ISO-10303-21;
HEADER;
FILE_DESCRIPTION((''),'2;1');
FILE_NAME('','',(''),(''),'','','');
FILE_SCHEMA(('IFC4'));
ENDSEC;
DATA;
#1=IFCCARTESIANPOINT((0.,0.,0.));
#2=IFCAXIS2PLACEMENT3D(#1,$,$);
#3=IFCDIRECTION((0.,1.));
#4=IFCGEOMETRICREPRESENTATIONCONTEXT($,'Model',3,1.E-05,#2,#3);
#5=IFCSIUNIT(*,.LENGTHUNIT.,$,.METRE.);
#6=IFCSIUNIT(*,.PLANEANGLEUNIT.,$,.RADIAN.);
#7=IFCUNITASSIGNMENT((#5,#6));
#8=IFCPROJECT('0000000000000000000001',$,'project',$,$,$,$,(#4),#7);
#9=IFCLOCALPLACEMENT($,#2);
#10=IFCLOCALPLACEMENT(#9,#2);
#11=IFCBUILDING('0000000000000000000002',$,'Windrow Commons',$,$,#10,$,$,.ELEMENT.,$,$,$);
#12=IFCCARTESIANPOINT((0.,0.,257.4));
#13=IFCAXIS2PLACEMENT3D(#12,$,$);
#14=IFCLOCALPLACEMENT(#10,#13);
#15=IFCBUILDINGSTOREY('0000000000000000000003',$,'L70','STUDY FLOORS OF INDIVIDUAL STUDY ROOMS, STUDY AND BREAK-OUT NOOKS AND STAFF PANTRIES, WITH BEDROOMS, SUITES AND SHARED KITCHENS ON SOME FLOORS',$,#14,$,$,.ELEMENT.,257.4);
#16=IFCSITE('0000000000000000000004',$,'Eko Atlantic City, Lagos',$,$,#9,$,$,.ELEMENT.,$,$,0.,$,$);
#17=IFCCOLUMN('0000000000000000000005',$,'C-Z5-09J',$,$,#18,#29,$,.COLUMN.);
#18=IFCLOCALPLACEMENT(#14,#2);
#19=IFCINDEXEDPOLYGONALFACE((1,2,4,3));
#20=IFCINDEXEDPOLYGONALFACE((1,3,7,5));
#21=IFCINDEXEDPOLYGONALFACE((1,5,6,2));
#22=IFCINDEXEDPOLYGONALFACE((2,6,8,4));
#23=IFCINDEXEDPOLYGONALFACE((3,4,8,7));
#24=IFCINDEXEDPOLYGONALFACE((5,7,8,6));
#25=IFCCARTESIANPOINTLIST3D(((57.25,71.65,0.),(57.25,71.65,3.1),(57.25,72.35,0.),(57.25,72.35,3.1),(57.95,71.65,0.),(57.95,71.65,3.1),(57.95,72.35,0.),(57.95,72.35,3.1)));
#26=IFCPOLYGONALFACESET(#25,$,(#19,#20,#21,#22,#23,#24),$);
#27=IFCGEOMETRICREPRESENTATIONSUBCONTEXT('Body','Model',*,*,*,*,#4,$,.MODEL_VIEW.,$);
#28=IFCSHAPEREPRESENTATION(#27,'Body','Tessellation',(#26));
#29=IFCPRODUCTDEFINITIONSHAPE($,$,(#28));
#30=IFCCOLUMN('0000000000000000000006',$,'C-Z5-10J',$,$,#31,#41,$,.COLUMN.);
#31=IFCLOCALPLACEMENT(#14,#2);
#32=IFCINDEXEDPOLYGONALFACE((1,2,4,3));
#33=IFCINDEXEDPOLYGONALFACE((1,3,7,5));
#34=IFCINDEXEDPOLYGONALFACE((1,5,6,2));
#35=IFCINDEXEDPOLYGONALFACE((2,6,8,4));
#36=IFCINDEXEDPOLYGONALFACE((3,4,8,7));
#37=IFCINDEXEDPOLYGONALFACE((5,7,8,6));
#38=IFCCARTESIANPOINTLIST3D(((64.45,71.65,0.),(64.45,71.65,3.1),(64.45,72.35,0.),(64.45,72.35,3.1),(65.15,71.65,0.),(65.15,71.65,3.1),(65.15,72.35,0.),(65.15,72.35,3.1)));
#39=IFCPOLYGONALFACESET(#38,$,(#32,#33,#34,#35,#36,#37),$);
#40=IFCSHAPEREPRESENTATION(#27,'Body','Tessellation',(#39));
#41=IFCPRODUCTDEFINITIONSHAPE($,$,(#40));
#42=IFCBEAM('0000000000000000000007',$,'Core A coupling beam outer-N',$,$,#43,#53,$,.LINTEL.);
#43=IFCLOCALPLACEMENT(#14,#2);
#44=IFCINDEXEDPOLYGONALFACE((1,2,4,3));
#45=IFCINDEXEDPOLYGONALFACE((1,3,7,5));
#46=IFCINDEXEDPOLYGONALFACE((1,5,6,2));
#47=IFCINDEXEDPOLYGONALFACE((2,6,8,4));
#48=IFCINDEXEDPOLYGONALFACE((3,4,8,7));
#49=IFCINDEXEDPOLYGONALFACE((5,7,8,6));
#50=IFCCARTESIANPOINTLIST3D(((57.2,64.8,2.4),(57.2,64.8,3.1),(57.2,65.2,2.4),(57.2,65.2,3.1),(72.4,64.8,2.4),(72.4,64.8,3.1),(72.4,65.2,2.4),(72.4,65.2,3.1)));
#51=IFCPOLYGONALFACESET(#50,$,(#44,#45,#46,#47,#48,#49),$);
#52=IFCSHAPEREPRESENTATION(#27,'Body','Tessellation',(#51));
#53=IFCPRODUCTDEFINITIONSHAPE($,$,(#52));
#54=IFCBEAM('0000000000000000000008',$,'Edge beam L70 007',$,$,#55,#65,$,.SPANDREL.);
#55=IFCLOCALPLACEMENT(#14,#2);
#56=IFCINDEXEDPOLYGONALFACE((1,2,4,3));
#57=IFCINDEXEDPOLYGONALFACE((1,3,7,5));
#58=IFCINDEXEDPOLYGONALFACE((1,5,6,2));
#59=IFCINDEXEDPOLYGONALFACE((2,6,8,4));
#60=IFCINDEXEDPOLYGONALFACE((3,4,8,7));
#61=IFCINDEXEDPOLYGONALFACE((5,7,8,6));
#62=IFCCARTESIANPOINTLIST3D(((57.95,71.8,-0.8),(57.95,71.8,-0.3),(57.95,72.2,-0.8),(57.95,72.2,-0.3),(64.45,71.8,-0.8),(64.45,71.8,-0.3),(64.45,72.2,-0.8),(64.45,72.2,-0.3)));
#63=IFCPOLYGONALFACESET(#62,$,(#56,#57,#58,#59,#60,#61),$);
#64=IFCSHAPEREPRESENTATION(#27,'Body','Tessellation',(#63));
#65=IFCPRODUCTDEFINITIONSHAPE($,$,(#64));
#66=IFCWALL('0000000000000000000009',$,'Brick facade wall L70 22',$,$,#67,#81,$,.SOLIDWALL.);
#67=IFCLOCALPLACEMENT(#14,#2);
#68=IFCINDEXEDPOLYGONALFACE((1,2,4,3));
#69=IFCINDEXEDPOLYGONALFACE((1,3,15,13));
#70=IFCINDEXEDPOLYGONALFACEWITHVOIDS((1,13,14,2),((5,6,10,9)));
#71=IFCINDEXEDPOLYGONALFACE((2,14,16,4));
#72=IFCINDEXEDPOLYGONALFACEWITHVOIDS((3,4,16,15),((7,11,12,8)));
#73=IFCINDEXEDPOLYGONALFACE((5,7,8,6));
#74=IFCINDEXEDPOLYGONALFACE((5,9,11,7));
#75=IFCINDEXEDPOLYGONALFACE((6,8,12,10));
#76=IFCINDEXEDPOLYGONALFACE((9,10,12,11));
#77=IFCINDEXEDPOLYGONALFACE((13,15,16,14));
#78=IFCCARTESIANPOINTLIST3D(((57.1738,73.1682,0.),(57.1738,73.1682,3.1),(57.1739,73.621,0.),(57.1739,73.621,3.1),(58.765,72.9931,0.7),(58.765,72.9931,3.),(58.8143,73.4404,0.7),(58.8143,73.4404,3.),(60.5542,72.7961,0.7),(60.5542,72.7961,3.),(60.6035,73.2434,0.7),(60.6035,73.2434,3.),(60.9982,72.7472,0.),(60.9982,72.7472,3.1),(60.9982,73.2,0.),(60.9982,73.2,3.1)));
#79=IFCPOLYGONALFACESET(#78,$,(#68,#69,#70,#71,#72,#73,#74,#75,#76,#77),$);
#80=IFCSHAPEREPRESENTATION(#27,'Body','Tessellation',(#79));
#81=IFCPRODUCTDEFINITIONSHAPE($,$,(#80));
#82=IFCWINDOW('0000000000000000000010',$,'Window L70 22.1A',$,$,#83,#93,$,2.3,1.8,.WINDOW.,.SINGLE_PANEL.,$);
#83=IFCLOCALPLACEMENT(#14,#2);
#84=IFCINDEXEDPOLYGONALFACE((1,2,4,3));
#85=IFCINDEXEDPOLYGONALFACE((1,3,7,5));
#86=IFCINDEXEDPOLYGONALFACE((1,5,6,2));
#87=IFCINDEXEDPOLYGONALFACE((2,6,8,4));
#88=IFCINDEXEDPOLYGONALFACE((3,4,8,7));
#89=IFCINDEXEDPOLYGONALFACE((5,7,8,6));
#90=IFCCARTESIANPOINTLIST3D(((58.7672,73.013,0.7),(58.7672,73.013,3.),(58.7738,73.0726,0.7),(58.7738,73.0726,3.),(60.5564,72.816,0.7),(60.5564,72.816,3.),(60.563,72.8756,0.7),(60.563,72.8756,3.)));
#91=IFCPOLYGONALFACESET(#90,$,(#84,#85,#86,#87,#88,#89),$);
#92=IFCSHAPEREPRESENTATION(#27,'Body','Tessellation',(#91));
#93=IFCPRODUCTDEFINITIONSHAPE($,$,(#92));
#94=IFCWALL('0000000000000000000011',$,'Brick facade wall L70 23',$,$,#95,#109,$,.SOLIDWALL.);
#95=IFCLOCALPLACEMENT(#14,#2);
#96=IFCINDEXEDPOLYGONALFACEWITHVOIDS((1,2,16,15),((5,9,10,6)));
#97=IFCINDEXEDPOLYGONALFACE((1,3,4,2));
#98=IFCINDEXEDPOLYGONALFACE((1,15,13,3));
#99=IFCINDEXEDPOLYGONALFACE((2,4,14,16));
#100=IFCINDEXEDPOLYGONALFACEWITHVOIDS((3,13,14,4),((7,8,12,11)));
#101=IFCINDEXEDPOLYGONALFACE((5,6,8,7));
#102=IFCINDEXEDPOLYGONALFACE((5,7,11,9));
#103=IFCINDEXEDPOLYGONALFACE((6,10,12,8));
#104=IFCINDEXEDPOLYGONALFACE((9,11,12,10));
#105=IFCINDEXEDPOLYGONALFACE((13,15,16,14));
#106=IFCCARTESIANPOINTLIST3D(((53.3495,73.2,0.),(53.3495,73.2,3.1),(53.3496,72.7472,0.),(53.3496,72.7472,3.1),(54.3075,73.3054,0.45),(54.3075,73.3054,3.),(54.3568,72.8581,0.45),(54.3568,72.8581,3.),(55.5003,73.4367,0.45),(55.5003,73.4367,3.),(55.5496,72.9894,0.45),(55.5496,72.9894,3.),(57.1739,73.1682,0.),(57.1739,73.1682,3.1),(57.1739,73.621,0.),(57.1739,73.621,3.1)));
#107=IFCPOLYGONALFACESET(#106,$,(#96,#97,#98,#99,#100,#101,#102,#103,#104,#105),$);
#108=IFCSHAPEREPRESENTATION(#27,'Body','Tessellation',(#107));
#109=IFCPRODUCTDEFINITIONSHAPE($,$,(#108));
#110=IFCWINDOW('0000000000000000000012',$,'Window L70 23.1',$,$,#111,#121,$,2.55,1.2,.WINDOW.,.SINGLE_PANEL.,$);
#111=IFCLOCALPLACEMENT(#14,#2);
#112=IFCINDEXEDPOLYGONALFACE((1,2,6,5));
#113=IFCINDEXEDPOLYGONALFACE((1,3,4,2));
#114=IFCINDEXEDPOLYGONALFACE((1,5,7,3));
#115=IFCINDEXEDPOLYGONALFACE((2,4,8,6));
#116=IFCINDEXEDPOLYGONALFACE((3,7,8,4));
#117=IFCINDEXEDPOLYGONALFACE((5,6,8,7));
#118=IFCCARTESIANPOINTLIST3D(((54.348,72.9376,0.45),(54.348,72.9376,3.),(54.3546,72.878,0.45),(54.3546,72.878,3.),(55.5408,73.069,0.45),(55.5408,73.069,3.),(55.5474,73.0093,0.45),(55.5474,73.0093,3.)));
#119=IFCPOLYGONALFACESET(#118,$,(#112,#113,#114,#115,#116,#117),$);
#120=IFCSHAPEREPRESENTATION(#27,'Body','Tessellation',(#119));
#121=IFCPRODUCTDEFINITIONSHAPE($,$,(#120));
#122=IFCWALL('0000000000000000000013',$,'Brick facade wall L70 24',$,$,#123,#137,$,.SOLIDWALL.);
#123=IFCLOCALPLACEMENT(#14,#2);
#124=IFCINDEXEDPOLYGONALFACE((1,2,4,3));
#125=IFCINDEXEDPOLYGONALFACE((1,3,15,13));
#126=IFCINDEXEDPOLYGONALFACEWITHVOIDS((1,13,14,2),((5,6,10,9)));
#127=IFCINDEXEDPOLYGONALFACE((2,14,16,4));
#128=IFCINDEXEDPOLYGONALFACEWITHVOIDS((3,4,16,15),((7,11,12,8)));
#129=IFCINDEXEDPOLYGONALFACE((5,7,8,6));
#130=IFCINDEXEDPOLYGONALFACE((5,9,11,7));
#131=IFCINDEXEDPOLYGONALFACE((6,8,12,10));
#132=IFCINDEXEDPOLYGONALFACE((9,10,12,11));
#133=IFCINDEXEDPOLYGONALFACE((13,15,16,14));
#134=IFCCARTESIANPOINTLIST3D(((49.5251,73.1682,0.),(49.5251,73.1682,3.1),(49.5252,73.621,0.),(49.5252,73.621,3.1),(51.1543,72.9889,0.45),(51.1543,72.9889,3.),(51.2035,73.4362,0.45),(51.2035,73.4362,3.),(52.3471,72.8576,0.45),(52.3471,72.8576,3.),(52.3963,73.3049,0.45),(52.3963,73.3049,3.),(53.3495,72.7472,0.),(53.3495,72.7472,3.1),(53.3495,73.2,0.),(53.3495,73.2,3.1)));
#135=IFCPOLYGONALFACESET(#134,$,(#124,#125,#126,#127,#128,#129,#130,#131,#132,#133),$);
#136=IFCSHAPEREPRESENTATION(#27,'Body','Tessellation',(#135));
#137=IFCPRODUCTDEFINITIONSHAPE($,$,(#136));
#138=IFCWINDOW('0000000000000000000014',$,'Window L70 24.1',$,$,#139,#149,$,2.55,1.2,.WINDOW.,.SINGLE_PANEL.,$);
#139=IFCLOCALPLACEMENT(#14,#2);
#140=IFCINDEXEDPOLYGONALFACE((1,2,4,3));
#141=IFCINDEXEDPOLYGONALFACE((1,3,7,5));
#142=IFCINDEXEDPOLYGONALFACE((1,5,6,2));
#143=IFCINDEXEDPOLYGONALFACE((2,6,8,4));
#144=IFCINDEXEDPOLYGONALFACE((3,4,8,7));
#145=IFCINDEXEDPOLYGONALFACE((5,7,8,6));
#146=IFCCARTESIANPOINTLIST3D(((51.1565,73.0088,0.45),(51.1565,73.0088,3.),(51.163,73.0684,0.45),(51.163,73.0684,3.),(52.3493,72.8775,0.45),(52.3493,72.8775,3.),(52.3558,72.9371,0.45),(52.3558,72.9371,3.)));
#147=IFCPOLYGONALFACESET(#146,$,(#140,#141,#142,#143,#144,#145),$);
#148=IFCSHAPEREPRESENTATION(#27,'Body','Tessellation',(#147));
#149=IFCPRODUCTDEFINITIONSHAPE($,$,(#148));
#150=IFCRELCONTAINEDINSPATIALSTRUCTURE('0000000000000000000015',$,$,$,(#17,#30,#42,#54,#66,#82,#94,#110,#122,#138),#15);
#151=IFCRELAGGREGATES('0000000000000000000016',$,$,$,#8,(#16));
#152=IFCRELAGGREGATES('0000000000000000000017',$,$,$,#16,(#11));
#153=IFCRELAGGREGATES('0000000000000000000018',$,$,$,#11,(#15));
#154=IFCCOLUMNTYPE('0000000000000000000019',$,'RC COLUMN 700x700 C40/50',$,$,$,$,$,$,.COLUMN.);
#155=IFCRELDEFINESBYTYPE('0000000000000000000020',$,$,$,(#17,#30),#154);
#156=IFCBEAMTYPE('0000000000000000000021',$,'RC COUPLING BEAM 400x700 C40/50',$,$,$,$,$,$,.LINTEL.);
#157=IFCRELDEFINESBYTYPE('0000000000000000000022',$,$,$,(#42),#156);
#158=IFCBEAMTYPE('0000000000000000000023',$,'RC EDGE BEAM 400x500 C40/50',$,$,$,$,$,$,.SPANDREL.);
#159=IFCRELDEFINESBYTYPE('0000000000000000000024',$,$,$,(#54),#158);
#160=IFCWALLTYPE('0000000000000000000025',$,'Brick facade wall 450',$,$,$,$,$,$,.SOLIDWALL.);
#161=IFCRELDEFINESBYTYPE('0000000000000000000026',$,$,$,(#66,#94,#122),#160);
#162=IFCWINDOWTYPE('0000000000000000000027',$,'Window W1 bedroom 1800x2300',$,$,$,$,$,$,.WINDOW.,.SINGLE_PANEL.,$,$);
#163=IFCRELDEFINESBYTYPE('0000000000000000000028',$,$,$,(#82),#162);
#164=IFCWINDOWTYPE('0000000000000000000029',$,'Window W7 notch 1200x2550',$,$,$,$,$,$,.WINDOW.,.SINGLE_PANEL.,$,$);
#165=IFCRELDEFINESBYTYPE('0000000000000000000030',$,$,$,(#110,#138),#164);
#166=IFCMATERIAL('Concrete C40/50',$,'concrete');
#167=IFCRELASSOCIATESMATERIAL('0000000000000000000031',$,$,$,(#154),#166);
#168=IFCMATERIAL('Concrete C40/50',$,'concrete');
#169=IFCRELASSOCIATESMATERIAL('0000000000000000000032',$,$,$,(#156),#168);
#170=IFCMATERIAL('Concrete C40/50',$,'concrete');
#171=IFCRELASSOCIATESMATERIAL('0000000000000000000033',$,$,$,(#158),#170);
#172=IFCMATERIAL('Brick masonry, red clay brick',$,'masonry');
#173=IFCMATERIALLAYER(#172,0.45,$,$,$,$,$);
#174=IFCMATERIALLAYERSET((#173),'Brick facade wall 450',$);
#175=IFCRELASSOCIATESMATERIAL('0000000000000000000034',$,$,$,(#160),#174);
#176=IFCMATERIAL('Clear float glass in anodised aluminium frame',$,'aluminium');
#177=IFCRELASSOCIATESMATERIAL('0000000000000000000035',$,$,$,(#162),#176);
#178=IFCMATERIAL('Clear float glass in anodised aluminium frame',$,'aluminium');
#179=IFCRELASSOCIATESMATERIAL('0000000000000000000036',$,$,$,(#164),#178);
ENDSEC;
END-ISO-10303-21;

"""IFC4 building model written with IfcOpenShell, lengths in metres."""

from ifc_helpers import new_model, si_unit, direction, frame, frame_2d, origin, origin_2d, place, context, subcontext, project, spatial, polyline, rectangle, outline, extrude, material, layer, layer_set, material_profile, profile_set, type_object, element, fill, save


model = new_model("IFC4")

# Units and contexts
model_context = context("Model", 3, precision=1e-05, world=origin(), true_north=direction((0.0, 1.0)))
body_context = subcontext(model_context, "Body", "Model", "MODEL_VIEW")
ifc_project = project(units=[si_unit("LENGTHUNIT", "METRE"), si_unit("PLANEANGLEUNIT", "RADIAN")], contexts=[model_context])

# Site, building, storey
site_placement = place(None, origin())
site = spatial("IfcSite", under=ifc_project, at=site_placement, Name="Eko Atlantic City, Lagos", CompositionType="ELEMENT", RefElevation=0.0)
building_placement = place(site_placement, origin())
building = spatial("IfcBuilding", under=site, at=building_placement, Name="Windrow Commons", CompositionType="ELEMENT")
storey_placement = place(building_placement, frame((0.0, 0.0, 257.4)))
storey = spatial("IfcBuildingStorey", under=building, at=storey_placement, Name="L70", Description="STUDY FLOORS OF INDIVIDUAL STUDY ROOMS, STUDY AND BREAK-OUT NOOKS AND STAFF PANTRIES, WITH BEDROOMS, SUITES AND SHARED KITCHENS ON SOME FLOORS", CompositionType="ELEMENT", Elevation=257.4)

# Columns
ifc_material_1 = material(Name="Concrete C40/50", Category="concrete")
ifc_material_profile_1 = material_profile(ifc_material_1, rectangle(XDim=0.7, YDim=0.7, at=origin_2d()))
ifc_profile_set_1 = profile_set([ifc_material_profile_1], Name="Concrete C40/50")
column_type = type_object("IfcColumnType", Name="RC COLUMN 700x700 C40/50", PredefinedType="COLUMN", material=ifc_profile_set_1)
for number, where, z_axis, x_axis, name in (
    (1, (57.6, 72.0, 0.0), (0.0, 0.0, 1.0), (1.0, 0.0, 0.0), "C-Z5-09J"),
    (2, (64.8, 72.0, 0.0), (0.0, 0.0, 1.0), (1.0, 0.0, 0.0), "C-Z5-10J"),
):
    element("IfcColumn", number, at=place(storey_placement, frame(where, z_axis=z_axis, x_axis=x_axis)), inside=storey, type_object=column_type, Name=name, PredefinedType="COLUMN", context=body_context, shape_type="SweptSolid", body=[
        extrude(rectangle(XDim=0.7, YDim=0.7, at=origin_2d()), origin(), (0.0, 0.0, 1.0), 3.1),
    ])

# Beams
ifc_material_2 = material(Name="Concrete C40/50", Category="concrete")
ifc_material_profile_2 = material_profile(ifc_material_2, rectangle(XDim=0.4, YDim=0.7, at=origin_2d()))
ifc_profile_set_2 = profile_set([ifc_material_profile_2], Name="Concrete C40/50")
beam_type_1 = type_object("IfcBeamType", Name="RC COUPLING BEAM 400x700 C40/50", PredefinedType="LINTEL", material=ifc_profile_set_2)
beam_1_placement = place(storey_placement, frame((57.2, 65.0, 2.75), z_axis=(1.0, 0.0, 0.0), x_axis=(0.0, 1.0, 0.0)))
element("IfcBeam", 3, at=beam_1_placement, inside=storey, type_object=beam_type_1, Name="Core A coupling beam outer-N", PredefinedType="LINTEL", context=body_context, shape_type="SweptSolid", body=[
    extrude(rectangle(XDim=0.4, YDim=0.7, at=origin_2d()), origin(), (0.0, 0.0, 1.0), 15.2),
])
ifc_material_3 = material(Name="Concrete C40/50", Category="concrete")
ifc_material_profile_3 = material_profile(ifc_material_3, rectangle(XDim=0.4, YDim=0.5, at=origin_2d()))
ifc_profile_set_3 = profile_set([ifc_material_profile_3], Name="Concrete C40/50")
beam_type_2 = type_object("IfcBeamType", Name="RC EDGE BEAM 400x500 C40/50", PredefinedType="SPANDREL", material=ifc_profile_set_3)
beam_2_placement = place(storey_placement, frame((57.95, 72.0, -0.55), z_axis=(1.0, 0.0, 0.0), x_axis=(0.0, 1.0, 0.0)))
element("IfcBeam", 4, at=beam_2_placement, inside=storey, type_object=beam_type_2, Name="Edge beam L70 007", PredefinedType="SPANDREL", context=body_context, shape_type="SweptSolid", body=[
    extrude(rectangle(XDim=0.4, YDim=0.5, at=origin_2d()), origin(), (0.0, 0.0, 1.0), 6.5),
])

# Walls, openings, windows
ifc_material_4 = material(Name="Brick masonry, red clay brick", Category="masonry")
ifc_layer_1 = layer(ifc_material_4, 0.45)
ifc_layer_set_1 = layer_set([ifc_layer_1], Name="Brick facade wall 450")
wall_type_1 = type_object("IfcWallType", Name="Brick facade wall 450", PredefinedType="SOLIDWALL", material=ifc_layer_set_1)
wall_1_placement = place(storey_placement, frame((60.9982, 72.9736, 0.0), z_axis=(0.0, 0.0, 1.0), x_axis=(-0.993995, 0.109424, 0.0)))
wall_1 = element("IfcWall", 5, at=wall_1_placement, inside=storey, type_object=wall_type_1, Name="Brick facade wall L70 22", PredefinedType="SOLIDWALL", context=body_context, shape_type="SweptSolid", body=[
    extrude(outline(polyline([(0.0248, -0.225), (3.8722, -0.225), (3.8227, 0.225), (-0.0248, 0.225), (0.0248, -0.225)])), origin(), (0.0, 0.0, 1.0), 3.1),
])
opening_1_placement = place(wall_1_placement, frame((0.4219, 0.0, 0.7)))
opening_1 = element("IfcOpeningElement", 6, at=opening_1_placement, cuts=wall_1, PredefinedType="OPENING", context=body_context, shape_type="SweptSolid", body=[
    extrude(rectangle(XDim=1.8, YDim=2.3, at=frame_2d((0.9, 1.15))), frame((0.0, 0.235, 0.0), z_axis=(0.0, -1.0, 0.0), x_axis=(1.0, 0.0, 0.0)), (0.0, 0.0, 1.0), 0.47),
])
ifc_material_5 = material(Name="Clear float glass in anodised aluminium frame", Category="aluminium")
window_type_1 = type_object("IfcWindowType", Name="Window W1 bedroom 1800x2300", PartitioningType="SINGLE_PANEL", PredefinedType="WINDOW", material=ifc_material_5)
window_1_placement = place(opening_1_placement, origin())
window_1 = element("IfcWindow", 7, at=window_1_placement, inside=storey, type_object=window_type_1, Name="Window L70 22.1A", OverallHeight=2.3, OverallWidth=1.8, PartitioningType="SINGLE_PANEL", PredefinedType="WINDOW", context=body_context, shape_type="SweptSolid", body=[
    extrude(rectangle(XDim=1.8, YDim=2.3, at=frame_2d((0.9, 1.15))), frame((0.0, 0.205, 0.0), z_axis=(0.0, -1.0, 0.0), x_axis=(1.0, 0.0, 0.0)), (0.0, 0.0, 1.0), 0.06),
])
fill(opening_1, window_1)
wall_2_placement = place(storey_placement, frame((57.1739, 73.3946, 0.0), z_axis=(0.0, 0.0, 1.0), x_axis=(-0.993995, -0.109422, 0.0)))
wall_2 = element("IfcWall", 8, at=wall_2_placement, inside=storey, type_object=wall_type_1, Name="Brick facade wall L70 23", PredefinedType="SOLIDWALL", context=body_context, shape_type="SweptSolid", body=[
    extrude(outline(polyline([(-0.0248, -0.225), (3.8227, -0.225), (3.8722, 0.225), (0.0248, 0.225), (-0.0248, -0.225)])), origin(), (0.0, 0.0, 1.0), 3.1),
])
opening_2_placement = place(wall_2_placement, frame((1.6589, 0.0, 0.45)))
opening_2 = element("IfcOpeningElement", 9, at=opening_2_placement, cuts=wall_2, PredefinedType="OPENING", context=body_context, shape_type="SweptSolid", body=[
    extrude(rectangle(XDim=1.2, YDim=2.55, at=frame_2d((0.6, 1.275))), frame((0.0, 0.235, 0.0), z_axis=(0.0, -1.0, 0.0), x_axis=(1.0, 0.0, 0.0)), (0.0, 0.0, 1.0), 0.47),
])
ifc_material_6 = material(Name="Clear float glass in anodised aluminium frame", Category="aluminium")
window_type_2 = type_object("IfcWindowType", Name="Window W7 notch 1200x2550", PartitioningType="SINGLE_PANEL", PredefinedType="WINDOW", material=ifc_material_6)
window_2_placement = place(opening_2_placement, origin())
window_2 = element("IfcWindow", 10, at=window_2_placement, inside=storey, type_object=window_type_2, Name="Window L70 23.1", OverallHeight=2.55, OverallWidth=1.2, PartitioningType="SINGLE_PANEL", PredefinedType="WINDOW", context=body_context, shape_type="SweptSolid", body=[
    extrude(rectangle(XDim=1.2, YDim=2.55, at=frame_2d((0.6, 1.275))), frame((0.0, 0.205, 0.0), z_axis=(0.0, -1.0, 0.0), x_axis=(1.0, 0.0, 0.0)), (0.0, 0.0, 1.0), 0.06),
])
fill(opening_2, window_2)
wall_3_placement = place(storey_placement, frame((53.3495, 72.9736, 0.0), z_axis=(0.0, 0.0, 1.0), x_axis=(-0.993995, 0.109422, 0.0)))
wall_3 = element("IfcWall", 11, at=wall_3_placement, inside=storey, type_object=wall_type_1, Name="Brick facade wall L70 24", PredefinedType="SOLIDWALL", context=body_context, shape_type="SweptSolid", body=[
    extrude(outline(polyline([(0.0248, -0.225), (3.8722, -0.225), (3.8227, 0.225), (-0.0248, 0.225), (0.0248, -0.225)])), origin(), (0.0, 0.0, 1.0), 3.1),
])
opening_3_placement = place(wall_3_placement, frame((0.9837, 0.0, 0.45)))
opening_3 = element("IfcOpeningElement", 12, at=opening_3_placement, cuts=wall_3, PredefinedType="OPENING", context=body_context, shape_type="SweptSolid", body=[
    extrude(rectangle(XDim=1.2, YDim=2.55, at=frame_2d((0.6, 1.275))), frame((0.0, 0.235, 0.0), z_axis=(0.0, -1.0, 0.0), x_axis=(1.0, 0.0, 0.0)), (0.0, 0.0, 1.0), 0.47),
])
window_3_placement = place(opening_3_placement, origin())
window_3 = element("IfcWindow", 13, at=window_3_placement, inside=storey, type_object=window_type_2, Name="Window L70 24.1", OverallHeight=2.55, OverallWidth=1.2, PartitioningType="SINGLE_PANEL", PredefinedType="WINDOW", context=body_context, shape_type="SweptSolid", body=[
    extrude(rectangle(XDim=1.2, YDim=2.55, at=frame_2d((0.6, 1.275))), frame((0.0, 0.205, 0.0), z_axis=(0.0, -1.0, 0.0), x_axis=(1.0, 0.0, 0.0)), (0.0, 0.0, 1.0), 0.06),
])
fill(opening_3, window_3)

save(model, "model.ifc")
